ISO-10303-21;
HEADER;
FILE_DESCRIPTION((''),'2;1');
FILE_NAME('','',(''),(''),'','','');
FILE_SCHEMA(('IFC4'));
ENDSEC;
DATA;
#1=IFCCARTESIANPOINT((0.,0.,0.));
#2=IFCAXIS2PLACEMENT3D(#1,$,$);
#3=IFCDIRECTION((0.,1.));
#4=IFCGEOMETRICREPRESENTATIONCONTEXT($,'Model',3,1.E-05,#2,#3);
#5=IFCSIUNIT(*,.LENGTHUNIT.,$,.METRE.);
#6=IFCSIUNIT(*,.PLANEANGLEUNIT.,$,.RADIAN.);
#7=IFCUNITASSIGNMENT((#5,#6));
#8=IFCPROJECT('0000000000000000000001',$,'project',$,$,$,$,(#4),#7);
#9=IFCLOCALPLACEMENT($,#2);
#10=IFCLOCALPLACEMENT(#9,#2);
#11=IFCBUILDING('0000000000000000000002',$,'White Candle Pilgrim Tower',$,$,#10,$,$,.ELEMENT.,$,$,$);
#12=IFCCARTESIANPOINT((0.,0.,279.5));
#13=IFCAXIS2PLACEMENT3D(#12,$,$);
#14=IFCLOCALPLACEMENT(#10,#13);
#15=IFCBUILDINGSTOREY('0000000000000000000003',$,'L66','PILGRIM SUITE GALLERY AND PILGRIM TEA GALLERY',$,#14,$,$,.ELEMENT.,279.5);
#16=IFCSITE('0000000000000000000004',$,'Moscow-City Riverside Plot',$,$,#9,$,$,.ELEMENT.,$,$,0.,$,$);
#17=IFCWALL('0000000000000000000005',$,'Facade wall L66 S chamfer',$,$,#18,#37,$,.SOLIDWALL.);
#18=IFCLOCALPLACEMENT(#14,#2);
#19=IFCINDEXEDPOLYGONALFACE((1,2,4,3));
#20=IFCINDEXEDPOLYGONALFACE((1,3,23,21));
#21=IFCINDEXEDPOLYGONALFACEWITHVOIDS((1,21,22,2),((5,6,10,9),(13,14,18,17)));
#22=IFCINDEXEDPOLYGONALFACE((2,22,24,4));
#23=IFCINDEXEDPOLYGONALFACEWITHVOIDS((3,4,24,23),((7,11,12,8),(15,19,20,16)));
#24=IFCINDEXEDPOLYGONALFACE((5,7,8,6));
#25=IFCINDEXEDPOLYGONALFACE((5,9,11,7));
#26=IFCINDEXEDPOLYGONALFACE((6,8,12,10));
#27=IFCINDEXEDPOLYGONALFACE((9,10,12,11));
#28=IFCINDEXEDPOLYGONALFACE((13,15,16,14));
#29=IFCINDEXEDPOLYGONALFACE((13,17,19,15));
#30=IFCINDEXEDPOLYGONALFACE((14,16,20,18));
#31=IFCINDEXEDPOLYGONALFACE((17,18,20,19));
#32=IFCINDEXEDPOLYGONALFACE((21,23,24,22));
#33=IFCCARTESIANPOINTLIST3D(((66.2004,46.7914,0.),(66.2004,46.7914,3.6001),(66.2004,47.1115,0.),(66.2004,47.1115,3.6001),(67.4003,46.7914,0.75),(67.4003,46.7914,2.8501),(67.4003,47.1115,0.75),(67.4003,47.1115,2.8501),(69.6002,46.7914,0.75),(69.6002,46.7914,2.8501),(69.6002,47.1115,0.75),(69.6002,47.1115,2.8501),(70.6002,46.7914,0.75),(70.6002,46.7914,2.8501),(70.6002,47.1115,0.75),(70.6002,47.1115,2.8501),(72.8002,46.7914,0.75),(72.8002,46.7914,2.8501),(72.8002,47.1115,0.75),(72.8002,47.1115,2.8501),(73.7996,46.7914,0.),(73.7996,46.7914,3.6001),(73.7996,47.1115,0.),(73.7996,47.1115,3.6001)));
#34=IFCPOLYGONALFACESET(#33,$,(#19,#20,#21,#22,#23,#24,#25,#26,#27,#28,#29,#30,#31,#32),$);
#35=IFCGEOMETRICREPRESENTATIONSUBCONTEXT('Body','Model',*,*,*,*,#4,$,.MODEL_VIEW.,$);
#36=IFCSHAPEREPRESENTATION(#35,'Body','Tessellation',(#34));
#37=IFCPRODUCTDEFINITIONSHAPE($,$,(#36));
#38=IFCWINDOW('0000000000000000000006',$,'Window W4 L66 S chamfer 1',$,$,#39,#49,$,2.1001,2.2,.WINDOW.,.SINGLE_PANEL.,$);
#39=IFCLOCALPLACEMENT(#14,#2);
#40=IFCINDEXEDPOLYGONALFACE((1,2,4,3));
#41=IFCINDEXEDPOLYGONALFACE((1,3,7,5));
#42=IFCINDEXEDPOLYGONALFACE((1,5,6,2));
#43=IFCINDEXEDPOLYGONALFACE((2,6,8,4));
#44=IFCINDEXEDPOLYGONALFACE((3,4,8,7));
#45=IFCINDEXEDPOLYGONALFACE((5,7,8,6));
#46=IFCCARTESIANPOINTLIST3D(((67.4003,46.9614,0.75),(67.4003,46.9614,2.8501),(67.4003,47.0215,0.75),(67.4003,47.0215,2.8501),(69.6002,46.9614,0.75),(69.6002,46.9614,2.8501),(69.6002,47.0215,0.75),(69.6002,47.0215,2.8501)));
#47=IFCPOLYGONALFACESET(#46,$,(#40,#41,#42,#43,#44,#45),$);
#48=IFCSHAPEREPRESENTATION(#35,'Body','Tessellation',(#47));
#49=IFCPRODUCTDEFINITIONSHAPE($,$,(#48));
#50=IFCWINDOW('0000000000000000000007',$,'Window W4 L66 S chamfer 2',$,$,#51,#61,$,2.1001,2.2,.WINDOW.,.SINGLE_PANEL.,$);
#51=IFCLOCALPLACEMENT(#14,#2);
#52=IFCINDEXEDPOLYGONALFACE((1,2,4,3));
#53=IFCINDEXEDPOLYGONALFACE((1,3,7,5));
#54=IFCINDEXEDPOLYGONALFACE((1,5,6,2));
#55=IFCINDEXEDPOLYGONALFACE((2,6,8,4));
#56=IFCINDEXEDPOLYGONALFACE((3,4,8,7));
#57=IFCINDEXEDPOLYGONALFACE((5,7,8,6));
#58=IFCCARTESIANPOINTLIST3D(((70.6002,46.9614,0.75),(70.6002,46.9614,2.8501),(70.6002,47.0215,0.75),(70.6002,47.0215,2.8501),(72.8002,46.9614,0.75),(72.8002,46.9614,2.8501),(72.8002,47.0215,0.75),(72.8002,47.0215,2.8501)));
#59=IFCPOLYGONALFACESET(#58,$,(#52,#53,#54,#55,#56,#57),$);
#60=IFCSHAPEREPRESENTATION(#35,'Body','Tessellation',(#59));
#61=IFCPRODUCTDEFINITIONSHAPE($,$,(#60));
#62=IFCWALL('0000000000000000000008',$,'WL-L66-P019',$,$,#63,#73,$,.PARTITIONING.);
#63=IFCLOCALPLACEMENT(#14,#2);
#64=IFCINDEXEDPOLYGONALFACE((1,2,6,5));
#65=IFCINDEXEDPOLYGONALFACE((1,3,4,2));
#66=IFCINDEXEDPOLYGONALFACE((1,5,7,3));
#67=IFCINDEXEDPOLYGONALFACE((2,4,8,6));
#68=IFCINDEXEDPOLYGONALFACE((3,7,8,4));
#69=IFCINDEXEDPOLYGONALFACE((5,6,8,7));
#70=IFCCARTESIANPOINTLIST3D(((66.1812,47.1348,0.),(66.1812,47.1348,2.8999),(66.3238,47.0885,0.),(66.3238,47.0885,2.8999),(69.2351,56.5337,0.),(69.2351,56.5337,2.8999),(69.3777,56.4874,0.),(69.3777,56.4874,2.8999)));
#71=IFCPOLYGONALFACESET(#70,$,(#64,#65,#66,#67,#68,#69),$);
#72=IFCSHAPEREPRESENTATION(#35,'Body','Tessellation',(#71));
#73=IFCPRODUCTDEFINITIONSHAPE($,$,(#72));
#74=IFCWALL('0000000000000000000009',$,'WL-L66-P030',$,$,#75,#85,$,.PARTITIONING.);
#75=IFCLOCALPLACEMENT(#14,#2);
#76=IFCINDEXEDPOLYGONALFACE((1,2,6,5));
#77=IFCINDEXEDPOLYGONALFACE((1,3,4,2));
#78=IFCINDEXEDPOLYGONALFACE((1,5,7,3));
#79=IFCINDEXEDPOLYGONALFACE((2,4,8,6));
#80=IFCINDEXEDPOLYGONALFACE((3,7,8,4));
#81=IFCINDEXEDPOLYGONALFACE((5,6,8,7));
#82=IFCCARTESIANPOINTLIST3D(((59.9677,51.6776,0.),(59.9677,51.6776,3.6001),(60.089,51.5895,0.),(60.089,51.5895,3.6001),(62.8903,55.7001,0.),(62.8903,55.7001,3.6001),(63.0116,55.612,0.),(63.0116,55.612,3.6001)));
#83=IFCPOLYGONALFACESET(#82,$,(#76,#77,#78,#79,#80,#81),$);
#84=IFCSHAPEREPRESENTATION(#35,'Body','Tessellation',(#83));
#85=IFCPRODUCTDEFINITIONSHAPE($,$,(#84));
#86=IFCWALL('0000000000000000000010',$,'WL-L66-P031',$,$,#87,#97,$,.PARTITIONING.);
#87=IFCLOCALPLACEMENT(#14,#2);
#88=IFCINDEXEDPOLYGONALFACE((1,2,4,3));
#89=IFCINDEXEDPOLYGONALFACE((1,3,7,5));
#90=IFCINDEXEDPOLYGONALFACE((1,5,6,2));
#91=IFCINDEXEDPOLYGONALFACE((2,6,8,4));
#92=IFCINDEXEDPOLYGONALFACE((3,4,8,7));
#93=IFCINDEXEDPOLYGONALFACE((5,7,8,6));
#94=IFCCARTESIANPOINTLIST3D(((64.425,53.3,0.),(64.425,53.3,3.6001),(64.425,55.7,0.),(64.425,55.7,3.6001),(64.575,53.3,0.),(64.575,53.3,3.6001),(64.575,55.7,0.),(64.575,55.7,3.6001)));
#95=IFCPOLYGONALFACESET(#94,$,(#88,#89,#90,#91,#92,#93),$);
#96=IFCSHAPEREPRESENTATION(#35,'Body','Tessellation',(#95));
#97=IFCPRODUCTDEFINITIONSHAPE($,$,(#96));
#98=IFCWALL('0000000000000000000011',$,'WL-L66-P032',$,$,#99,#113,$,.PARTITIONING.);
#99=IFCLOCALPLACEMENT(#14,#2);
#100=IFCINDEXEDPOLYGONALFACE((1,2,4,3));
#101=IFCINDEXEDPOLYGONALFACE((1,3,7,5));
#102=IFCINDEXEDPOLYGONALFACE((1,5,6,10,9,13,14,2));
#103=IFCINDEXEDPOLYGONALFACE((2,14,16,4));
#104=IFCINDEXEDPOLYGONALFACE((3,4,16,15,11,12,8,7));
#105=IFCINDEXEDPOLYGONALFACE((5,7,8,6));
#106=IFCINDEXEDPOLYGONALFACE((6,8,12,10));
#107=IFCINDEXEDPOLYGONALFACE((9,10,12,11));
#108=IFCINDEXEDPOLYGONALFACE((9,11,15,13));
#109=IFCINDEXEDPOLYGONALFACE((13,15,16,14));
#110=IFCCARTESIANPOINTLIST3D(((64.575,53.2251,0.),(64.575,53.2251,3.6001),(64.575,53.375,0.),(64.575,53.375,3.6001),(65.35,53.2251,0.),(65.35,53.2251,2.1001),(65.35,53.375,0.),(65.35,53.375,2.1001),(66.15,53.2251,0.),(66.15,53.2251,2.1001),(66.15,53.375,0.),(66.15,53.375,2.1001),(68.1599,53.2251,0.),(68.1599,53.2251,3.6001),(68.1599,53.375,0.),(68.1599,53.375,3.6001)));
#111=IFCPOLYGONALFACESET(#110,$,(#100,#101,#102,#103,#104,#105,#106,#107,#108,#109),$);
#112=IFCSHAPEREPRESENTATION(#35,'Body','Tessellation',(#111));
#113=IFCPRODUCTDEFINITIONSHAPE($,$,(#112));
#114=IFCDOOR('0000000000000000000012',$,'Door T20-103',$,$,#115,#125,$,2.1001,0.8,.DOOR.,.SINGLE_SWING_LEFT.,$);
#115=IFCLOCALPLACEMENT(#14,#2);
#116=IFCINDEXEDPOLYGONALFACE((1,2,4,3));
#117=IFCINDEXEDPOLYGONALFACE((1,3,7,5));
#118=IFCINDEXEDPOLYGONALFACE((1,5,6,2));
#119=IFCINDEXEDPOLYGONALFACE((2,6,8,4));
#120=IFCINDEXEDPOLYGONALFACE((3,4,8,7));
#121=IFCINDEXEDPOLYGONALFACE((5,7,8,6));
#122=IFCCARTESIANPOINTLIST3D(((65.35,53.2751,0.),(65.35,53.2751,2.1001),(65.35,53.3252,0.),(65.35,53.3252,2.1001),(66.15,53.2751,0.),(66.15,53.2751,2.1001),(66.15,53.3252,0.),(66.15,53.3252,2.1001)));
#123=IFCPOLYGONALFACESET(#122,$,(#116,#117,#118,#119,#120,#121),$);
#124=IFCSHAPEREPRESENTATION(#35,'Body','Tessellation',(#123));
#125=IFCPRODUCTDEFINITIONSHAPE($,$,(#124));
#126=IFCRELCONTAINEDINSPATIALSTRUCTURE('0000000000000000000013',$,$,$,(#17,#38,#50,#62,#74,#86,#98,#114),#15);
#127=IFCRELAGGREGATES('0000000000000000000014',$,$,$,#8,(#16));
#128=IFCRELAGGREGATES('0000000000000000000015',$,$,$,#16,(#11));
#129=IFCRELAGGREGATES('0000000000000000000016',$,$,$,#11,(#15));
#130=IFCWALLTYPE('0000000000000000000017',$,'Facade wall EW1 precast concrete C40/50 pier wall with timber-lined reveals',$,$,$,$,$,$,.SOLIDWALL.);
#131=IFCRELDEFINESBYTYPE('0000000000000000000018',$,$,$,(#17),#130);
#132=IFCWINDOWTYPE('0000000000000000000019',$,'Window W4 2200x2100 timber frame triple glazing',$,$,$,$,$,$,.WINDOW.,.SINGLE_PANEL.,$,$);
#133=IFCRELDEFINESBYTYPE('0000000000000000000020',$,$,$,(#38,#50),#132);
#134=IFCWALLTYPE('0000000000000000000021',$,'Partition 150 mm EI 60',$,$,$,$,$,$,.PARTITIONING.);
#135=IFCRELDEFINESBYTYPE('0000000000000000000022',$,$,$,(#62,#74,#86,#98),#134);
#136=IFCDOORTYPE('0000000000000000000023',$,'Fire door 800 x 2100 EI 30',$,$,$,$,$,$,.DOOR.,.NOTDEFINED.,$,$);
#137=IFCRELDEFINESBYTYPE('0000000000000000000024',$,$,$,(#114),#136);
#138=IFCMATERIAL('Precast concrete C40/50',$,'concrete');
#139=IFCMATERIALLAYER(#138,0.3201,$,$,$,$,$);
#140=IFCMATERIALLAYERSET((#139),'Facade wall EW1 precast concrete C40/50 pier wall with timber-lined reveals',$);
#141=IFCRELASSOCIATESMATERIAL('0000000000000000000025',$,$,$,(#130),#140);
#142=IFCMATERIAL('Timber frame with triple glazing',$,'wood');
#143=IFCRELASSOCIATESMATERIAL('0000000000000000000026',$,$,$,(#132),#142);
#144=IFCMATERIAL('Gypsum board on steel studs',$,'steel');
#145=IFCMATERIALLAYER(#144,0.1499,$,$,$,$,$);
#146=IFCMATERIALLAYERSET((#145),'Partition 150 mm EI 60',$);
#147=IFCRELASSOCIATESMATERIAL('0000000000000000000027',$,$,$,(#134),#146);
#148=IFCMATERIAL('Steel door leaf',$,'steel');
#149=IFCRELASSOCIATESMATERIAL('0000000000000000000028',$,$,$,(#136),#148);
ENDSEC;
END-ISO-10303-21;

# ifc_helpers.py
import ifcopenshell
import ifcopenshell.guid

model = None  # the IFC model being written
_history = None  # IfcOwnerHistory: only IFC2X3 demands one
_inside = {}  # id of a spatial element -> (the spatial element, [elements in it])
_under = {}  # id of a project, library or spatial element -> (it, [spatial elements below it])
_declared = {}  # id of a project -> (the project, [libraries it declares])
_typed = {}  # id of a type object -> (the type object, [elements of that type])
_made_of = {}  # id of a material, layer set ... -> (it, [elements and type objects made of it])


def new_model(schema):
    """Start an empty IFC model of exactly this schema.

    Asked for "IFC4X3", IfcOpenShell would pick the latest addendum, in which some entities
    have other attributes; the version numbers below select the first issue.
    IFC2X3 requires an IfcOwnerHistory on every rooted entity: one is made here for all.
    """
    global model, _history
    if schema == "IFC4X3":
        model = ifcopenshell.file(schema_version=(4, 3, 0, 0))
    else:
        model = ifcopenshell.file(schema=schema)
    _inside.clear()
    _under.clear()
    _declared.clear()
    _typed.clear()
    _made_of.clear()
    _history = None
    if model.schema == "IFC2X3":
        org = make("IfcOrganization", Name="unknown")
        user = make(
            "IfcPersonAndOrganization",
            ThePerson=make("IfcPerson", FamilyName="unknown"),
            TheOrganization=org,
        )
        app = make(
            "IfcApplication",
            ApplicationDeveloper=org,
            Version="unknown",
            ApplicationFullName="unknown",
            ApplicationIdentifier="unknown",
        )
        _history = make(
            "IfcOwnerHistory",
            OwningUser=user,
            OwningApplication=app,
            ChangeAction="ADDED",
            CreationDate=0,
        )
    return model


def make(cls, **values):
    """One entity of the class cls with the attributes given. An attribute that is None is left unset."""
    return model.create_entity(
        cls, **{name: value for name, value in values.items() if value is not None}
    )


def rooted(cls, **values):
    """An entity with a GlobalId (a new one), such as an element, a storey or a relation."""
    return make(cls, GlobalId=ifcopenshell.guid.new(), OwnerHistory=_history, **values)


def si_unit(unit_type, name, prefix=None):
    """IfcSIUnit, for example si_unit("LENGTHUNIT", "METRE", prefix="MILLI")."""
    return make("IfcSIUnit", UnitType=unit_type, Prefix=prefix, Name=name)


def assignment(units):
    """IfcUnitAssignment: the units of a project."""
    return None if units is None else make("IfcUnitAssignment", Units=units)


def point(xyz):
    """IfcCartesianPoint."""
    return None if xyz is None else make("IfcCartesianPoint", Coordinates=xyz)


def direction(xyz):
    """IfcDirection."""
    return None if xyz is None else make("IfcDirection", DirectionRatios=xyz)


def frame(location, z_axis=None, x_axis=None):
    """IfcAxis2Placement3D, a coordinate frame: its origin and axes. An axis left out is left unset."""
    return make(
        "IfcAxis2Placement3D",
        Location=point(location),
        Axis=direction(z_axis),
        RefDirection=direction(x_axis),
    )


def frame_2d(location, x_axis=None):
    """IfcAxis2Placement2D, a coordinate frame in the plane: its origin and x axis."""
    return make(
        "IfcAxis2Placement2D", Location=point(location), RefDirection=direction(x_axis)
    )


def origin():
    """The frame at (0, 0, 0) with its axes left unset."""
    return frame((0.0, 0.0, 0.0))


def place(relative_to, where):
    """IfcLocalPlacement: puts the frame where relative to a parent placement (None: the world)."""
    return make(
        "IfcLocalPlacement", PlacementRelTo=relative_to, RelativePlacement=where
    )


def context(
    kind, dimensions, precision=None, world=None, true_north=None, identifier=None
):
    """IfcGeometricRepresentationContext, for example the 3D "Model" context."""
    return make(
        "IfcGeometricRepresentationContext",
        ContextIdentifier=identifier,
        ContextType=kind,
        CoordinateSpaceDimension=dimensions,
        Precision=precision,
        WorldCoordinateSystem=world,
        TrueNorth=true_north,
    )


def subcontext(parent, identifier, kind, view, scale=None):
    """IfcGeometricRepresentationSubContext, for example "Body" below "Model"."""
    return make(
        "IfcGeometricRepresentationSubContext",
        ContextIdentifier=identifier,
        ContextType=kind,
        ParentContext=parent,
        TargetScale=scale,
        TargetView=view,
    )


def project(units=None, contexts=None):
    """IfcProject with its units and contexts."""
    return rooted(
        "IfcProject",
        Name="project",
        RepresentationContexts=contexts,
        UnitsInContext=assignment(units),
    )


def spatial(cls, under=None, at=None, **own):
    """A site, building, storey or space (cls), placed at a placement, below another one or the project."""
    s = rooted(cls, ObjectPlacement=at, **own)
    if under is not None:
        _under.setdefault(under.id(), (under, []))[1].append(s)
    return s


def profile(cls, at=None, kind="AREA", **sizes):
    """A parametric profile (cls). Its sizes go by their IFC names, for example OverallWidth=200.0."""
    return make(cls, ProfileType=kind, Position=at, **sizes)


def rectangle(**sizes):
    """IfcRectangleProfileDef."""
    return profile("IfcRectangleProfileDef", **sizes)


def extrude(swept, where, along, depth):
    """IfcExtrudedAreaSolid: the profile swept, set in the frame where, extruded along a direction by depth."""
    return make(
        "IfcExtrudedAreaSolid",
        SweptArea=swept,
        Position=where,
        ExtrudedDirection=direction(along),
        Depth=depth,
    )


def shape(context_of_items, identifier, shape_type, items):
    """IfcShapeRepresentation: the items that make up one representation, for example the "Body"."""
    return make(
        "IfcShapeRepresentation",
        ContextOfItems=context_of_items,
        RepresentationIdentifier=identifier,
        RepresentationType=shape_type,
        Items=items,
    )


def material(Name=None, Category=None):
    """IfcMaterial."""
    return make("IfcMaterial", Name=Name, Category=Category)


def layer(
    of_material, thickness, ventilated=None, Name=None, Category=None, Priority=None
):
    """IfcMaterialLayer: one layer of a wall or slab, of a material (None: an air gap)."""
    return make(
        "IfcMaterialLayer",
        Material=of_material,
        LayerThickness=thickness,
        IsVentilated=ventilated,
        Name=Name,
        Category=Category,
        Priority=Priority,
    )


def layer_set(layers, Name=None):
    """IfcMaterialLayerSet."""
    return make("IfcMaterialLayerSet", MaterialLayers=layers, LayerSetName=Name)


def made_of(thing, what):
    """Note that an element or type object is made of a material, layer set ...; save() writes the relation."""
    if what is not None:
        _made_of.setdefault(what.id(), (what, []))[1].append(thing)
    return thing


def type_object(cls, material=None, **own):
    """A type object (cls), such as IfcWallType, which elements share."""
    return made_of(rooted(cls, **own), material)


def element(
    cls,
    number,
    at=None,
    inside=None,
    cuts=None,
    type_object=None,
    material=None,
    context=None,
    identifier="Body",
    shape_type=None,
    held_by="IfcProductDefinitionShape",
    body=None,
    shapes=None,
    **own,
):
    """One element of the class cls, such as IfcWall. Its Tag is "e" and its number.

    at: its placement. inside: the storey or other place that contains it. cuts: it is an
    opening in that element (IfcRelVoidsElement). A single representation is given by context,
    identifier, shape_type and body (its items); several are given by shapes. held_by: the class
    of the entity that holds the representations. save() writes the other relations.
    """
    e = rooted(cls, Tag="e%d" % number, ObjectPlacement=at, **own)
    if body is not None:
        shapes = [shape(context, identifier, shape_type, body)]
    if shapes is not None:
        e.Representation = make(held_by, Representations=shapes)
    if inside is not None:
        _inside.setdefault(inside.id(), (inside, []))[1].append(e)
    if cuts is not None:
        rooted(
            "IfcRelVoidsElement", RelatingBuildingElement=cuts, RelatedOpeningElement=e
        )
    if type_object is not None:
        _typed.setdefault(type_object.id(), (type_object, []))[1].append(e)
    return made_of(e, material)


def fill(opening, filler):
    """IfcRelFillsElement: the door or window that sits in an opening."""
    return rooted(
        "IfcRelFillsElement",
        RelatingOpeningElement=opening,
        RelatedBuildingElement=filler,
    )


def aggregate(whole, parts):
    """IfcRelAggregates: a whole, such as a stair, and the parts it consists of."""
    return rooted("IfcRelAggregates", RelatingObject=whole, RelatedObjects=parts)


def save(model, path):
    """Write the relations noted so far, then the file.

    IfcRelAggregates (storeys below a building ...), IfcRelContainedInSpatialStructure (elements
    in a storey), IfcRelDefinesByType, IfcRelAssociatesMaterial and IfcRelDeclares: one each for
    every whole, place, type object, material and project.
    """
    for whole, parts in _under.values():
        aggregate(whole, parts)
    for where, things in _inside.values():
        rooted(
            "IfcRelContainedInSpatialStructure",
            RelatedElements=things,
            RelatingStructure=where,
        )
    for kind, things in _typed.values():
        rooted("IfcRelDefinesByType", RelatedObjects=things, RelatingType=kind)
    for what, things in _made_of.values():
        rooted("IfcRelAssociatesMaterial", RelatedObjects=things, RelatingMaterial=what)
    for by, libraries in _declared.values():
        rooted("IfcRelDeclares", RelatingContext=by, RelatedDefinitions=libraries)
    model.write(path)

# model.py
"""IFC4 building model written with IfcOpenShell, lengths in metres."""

from ifc_helpers import new_model, si_unit, direction, frame, frame_2d, origin, place, context, subcontext, project, spatial, rectangle, extrude, material, layer, layer_set, type_object, element, fill, save


model = new_model("IFC4")

# Units and contexts
model_context = context("Model", 3, precision=1e-05, world=origin(), true_north=direction((0.0, 1.0)))
body_context = subcontext(model_context, "Body", "Model", "MODEL_VIEW")
ifc_project = project(units=[si_unit("LENGTHUNIT", "METRE"), si_unit("PLANEANGLEUNIT", "RADIAN")], contexts=[model_context])

# Site, building, storey
site_placement = place(None, origin())
site = spatial("IfcSite", under=ifc_project, at=site_placement, Name="Moscow-City Riverside Plot", CompositionType="ELEMENT", RefElevation=0.0)
building_placement = place(site_placement, origin())
building = spatial("IfcBuilding", under=site, at=building_placement, Name="White Candle Pilgrim Tower", CompositionType="ELEMENT")
storey_placement = place(building_placement, frame((0.0, 0.0, 279.5)))
storey = spatial("IfcBuildingStorey", under=building, at=storey_placement, Name="L66", Description="PILGRIM SUITE GALLERY AND PILGRIM TEA GALLERY", CompositionType="ELEMENT", Elevation=279.5)

# Shared definitions
ifc_material_1 = material(Name="Gypsum board on steel studs", Category="steel")
ifc_material_2 = material(Name="Steel door leaf", Category="steel")

# Wall, openings, windows
ifc_material_3 = material(Name="Precast concrete C40/50", Category="concrete")
ifc_layer_1 = layer(ifc_material_3, 0.3201)
ifc_layer_set_1 = layer_set([ifc_layer_1], Name="Facade wall EW1 precast concrete C40/50 pier wall with timber-lined reveals")
wall_type_1 = type_object("IfcWallType", Name="Facade wall EW1 precast concrete C40/50 pier wall with timber-lined reveals", PredefinedType="SOLIDWALL", material=ifc_layer_set_1)
wall_1_placement = place(storey_placement, frame((66.2004, 46.9514, 0.0), z_axis=(0.0, 0.0, 1.0), x_axis=(1.0, 0.0, 0.0)))
wall_1 = element("IfcWall", 1, at=wall_1_placement, inside=storey, type_object=wall_type_1, Name="Facade wall L66 S chamfer", PredefinedType="SOLIDWALL", context=body_context, shape_type="SweptSolid", body=[
    extrude(rectangle(XDim=7.5991, YDim=0.3201, at=frame_2d((3.7996, 0.0))), origin(), (0.0, 0.0, 1.0), 3.6001),
])
opening_1_placement = place(wall_1_placement, frame((1.1997, 0.0, 0.75)))
opening_1 = element("IfcOpeningElement", 2, at=opening_1_placement, cuts=wall_1, PredefinedType="OPENING", context=body_context, shape_type="SweptSolid", body=[
    extrude(rectangle(XDim=2.2, YDim=2.1001, at=frame_2d((1.1001, 1.05))), frame((0.0, 0.1699, 0.0), z_axis=(0.0, -1.0, 0.0), x_axis=(1.0, 0.0, 0.0)), (0.0, 0.0, 1.0), 0.3401),
])
opening_2_placement = place(wall_1_placement, frame((4.3997, 0.0, 0.75)))
opening_2 = element("IfcOpeningElement", 3, at=opening_2_placement, cuts=wall_1, PredefinedType="OPENING", context=body_context, shape_type="SweptSolid", body=[
    extrude(rectangle(XDim=2.2, YDim=2.1001, at=frame_2d((1.1001, 1.05))), frame((0.0, 0.1699, 0.0), z_axis=(0.0, -1.0, 0.0), x_axis=(1.0, 0.0, 0.0)), (0.0, 0.0, 1.0), 0.3401),
])
ifc_material_4 = material(Name="Timber frame with triple glazing", Category="wood")
window_type = type_object("IfcWindowType", Name="Window W4 2200x2100 timber frame triple glazing", PartitioningType="SINGLE_PANEL", PredefinedType="WINDOW", material=ifc_material_4)
window_1_placement = place(opening_1_placement, origin())
window_1 = element("IfcWindow", 4, at=window_1_placement, inside=storey, type_object=window_type, Name="Window W4 L66 S chamfer 1", OverallHeight=2.1001, OverallWidth=2.2, PartitioningType="SINGLE_PANEL", PredefinedType="WINDOW", context=body_context, shape_type="SweptSolid", body=[
    extrude(rectangle(XDim=2.2, YDim=2.1001, at=frame_2d((1.1001, 1.05))), frame((0.0, 0.0701, 0.0), z_axis=(0.0, -1.0, 0.0), x_axis=(1.0, 0.0, 0.0)), (0.0, 0.0, 1.0), 0.0601),
])
fill(opening_1, window_1)
window_2_placement = place(opening_2_placement, origin())
window_2 = element("IfcWindow", 5, at=window_2_placement, inside=storey, type_object=window_type, Name="Window W4 L66 S chamfer 2", OverallHeight=2.1001, OverallWidth=2.2, PartitioningType="SINGLE_PANEL", PredefinedType="WINDOW", context=body_context, shape_type="SweptSolid", body=[
    extrude(rectangle(XDim=2.2, YDim=2.1001, at=frame_2d((1.1001, 1.05))), frame((0.0, 0.0701, 0.0), z_axis=(0.0, -1.0, 0.0), x_axis=(1.0, 0.0, 0.0)), (0.0, 0.0, 1.0), 0.0601),
])
fill(opening_2, window_2)

# Walls
ifc_layer_2 = layer(ifc_material_1, 0.1499)
ifc_layer_set_2 = layer_set([ifc_layer_2], Name="Partition 150 mm EI 60")
wall_type_2 = type_object("IfcWallType", Name="Partition 150 mm EI 60", PredefinedType="PARTITIONING", material=ifc_layer_set_2)
wall_2_placement = place(storey_placement, frame((66.2524, 47.1116, 0.0), z_axis=(0.0, 0.0, 1.0), x_axis=(0.309022, 0.951055, 0.0)))
element("IfcWall", 6, at=wall_2_placement, inside=storey, type_object=wall_type_2, Name="WL-L66-P019", PredefinedType="PARTITIONING", context=body_context, shape_type="SweptSolid", body=[
    extrude(rectangle(XDim=9.8826, YDim=0.1499, at=frame_2d((4.9414, 0.0))), origin(), (0.0, 0.0, 1.0), 2.8999),
])
wall_3_placement = place(storey_placement, frame((60.0283, 51.6335, 0.0), z_axis=(0.0, 0.0, 1.0), x_axis=(0.587801, 0.809006, 0.0)))
element("IfcWall", 7, at=wall_3_placement, inside=storey, type_object=wall_type_2, Name="WL-L66-P030", PredefinedType="PARTITIONING", context=body_context, shape_type="SweptSolid", body=[
    extrude(rectangle(XDim=4.9722, YDim=0.1499, at=frame_2d((2.4861, 0.0))), origin(), (0.0, 0.0, 1.0), 3.6001),
])
wall_4_placement = place(storey_placement, frame((64.5, 55.7, 0.0), z_axis=(0.0, 0.0, 1.0), x_axis=(0.0, -1.0, 0.0)))
element("IfcWall", 8, at=wall_4_placement, inside=storey, type_object=wall_type_2, Name="WL-L66-P031", PredefinedType="PARTITIONING", context=body_context, shape_type="SweptSolid", body=[
    extrude(rectangle(XDim=2.3999, YDim=0.1499, at=frame_2d((1.2, 0.0))), origin(), (0.0, 0.0, 1.0), 3.6001),
])

# Wall, opening, door
wall_5_placement = place(storey_placement, frame((68.1599, 53.3, 0.0), z_axis=(0.0, 0.0, 1.0), x_axis=(-1.0, 0.0, 0.0)))
wall_5 = element("IfcWall", 9, at=wall_5_placement, inside=storey, type_object=wall_type_2, Name="WL-L66-P032", PredefinedType="PARTITIONING", context=body_context, shape_type="SweptSolid", body=[
    extrude(rectangle(XDim=3.585, YDim=0.1499, at=frame_2d((1.7925, 0.0))), origin(), (0.0, 0.0, 1.0), 3.6001),
])
opening_3_placement = place(wall_5_placement, frame((2.01, 0.0, 0.0)))
opening_3 = element("IfcOpeningElement", 10, at=opening_3_placement, cuts=wall_5, PredefinedType="OPENING", context=body_context, shape_type="SweptSolid", body=[
    extrude(rectangle(XDim=0.8, YDim=2.1001, at=frame_2d((0.3999, 1.05))), frame((0.0, 0.085, 0.0), z_axis=(0.0, -1.0, 0.0), x_axis=(1.0, 0.0, 0.0)), (0.0, 0.0, 1.0), 0.1699),
])
door_type_1 = type_object("IfcDoorType", Name="Fire door 800 x 2100 EI 30", OperationType="NOTDEFINED", PredefinedType="DOOR", material=ifc_material_2)
door_1_placement = place(opening_3_placement, origin())
door_1 = element("IfcDoor", 11, at=door_1_placement, inside=storey, type_object=door_type_1, Name="Door T20-103", OperationType="SINGLE_SWING_LEFT", OverallHeight=2.1001, OverallWidth=0.8, PredefinedType="DOOR", context=body_context, shape_type="SweptSolid", body=[
    extrude(rectangle(XDim=0.8, YDim=2.1001, at=frame_2d((0.3999, 1.05))), frame((0.0, 0.0249, 0.0), z_axis=(0.0, -1.0, 0.0), x_axis=(1.0, 0.0, 0.0)), (0.0, 0.0, 1.0), 0.05),
])
fill(opening_3, door_1)

save(model, "model.ifc")
